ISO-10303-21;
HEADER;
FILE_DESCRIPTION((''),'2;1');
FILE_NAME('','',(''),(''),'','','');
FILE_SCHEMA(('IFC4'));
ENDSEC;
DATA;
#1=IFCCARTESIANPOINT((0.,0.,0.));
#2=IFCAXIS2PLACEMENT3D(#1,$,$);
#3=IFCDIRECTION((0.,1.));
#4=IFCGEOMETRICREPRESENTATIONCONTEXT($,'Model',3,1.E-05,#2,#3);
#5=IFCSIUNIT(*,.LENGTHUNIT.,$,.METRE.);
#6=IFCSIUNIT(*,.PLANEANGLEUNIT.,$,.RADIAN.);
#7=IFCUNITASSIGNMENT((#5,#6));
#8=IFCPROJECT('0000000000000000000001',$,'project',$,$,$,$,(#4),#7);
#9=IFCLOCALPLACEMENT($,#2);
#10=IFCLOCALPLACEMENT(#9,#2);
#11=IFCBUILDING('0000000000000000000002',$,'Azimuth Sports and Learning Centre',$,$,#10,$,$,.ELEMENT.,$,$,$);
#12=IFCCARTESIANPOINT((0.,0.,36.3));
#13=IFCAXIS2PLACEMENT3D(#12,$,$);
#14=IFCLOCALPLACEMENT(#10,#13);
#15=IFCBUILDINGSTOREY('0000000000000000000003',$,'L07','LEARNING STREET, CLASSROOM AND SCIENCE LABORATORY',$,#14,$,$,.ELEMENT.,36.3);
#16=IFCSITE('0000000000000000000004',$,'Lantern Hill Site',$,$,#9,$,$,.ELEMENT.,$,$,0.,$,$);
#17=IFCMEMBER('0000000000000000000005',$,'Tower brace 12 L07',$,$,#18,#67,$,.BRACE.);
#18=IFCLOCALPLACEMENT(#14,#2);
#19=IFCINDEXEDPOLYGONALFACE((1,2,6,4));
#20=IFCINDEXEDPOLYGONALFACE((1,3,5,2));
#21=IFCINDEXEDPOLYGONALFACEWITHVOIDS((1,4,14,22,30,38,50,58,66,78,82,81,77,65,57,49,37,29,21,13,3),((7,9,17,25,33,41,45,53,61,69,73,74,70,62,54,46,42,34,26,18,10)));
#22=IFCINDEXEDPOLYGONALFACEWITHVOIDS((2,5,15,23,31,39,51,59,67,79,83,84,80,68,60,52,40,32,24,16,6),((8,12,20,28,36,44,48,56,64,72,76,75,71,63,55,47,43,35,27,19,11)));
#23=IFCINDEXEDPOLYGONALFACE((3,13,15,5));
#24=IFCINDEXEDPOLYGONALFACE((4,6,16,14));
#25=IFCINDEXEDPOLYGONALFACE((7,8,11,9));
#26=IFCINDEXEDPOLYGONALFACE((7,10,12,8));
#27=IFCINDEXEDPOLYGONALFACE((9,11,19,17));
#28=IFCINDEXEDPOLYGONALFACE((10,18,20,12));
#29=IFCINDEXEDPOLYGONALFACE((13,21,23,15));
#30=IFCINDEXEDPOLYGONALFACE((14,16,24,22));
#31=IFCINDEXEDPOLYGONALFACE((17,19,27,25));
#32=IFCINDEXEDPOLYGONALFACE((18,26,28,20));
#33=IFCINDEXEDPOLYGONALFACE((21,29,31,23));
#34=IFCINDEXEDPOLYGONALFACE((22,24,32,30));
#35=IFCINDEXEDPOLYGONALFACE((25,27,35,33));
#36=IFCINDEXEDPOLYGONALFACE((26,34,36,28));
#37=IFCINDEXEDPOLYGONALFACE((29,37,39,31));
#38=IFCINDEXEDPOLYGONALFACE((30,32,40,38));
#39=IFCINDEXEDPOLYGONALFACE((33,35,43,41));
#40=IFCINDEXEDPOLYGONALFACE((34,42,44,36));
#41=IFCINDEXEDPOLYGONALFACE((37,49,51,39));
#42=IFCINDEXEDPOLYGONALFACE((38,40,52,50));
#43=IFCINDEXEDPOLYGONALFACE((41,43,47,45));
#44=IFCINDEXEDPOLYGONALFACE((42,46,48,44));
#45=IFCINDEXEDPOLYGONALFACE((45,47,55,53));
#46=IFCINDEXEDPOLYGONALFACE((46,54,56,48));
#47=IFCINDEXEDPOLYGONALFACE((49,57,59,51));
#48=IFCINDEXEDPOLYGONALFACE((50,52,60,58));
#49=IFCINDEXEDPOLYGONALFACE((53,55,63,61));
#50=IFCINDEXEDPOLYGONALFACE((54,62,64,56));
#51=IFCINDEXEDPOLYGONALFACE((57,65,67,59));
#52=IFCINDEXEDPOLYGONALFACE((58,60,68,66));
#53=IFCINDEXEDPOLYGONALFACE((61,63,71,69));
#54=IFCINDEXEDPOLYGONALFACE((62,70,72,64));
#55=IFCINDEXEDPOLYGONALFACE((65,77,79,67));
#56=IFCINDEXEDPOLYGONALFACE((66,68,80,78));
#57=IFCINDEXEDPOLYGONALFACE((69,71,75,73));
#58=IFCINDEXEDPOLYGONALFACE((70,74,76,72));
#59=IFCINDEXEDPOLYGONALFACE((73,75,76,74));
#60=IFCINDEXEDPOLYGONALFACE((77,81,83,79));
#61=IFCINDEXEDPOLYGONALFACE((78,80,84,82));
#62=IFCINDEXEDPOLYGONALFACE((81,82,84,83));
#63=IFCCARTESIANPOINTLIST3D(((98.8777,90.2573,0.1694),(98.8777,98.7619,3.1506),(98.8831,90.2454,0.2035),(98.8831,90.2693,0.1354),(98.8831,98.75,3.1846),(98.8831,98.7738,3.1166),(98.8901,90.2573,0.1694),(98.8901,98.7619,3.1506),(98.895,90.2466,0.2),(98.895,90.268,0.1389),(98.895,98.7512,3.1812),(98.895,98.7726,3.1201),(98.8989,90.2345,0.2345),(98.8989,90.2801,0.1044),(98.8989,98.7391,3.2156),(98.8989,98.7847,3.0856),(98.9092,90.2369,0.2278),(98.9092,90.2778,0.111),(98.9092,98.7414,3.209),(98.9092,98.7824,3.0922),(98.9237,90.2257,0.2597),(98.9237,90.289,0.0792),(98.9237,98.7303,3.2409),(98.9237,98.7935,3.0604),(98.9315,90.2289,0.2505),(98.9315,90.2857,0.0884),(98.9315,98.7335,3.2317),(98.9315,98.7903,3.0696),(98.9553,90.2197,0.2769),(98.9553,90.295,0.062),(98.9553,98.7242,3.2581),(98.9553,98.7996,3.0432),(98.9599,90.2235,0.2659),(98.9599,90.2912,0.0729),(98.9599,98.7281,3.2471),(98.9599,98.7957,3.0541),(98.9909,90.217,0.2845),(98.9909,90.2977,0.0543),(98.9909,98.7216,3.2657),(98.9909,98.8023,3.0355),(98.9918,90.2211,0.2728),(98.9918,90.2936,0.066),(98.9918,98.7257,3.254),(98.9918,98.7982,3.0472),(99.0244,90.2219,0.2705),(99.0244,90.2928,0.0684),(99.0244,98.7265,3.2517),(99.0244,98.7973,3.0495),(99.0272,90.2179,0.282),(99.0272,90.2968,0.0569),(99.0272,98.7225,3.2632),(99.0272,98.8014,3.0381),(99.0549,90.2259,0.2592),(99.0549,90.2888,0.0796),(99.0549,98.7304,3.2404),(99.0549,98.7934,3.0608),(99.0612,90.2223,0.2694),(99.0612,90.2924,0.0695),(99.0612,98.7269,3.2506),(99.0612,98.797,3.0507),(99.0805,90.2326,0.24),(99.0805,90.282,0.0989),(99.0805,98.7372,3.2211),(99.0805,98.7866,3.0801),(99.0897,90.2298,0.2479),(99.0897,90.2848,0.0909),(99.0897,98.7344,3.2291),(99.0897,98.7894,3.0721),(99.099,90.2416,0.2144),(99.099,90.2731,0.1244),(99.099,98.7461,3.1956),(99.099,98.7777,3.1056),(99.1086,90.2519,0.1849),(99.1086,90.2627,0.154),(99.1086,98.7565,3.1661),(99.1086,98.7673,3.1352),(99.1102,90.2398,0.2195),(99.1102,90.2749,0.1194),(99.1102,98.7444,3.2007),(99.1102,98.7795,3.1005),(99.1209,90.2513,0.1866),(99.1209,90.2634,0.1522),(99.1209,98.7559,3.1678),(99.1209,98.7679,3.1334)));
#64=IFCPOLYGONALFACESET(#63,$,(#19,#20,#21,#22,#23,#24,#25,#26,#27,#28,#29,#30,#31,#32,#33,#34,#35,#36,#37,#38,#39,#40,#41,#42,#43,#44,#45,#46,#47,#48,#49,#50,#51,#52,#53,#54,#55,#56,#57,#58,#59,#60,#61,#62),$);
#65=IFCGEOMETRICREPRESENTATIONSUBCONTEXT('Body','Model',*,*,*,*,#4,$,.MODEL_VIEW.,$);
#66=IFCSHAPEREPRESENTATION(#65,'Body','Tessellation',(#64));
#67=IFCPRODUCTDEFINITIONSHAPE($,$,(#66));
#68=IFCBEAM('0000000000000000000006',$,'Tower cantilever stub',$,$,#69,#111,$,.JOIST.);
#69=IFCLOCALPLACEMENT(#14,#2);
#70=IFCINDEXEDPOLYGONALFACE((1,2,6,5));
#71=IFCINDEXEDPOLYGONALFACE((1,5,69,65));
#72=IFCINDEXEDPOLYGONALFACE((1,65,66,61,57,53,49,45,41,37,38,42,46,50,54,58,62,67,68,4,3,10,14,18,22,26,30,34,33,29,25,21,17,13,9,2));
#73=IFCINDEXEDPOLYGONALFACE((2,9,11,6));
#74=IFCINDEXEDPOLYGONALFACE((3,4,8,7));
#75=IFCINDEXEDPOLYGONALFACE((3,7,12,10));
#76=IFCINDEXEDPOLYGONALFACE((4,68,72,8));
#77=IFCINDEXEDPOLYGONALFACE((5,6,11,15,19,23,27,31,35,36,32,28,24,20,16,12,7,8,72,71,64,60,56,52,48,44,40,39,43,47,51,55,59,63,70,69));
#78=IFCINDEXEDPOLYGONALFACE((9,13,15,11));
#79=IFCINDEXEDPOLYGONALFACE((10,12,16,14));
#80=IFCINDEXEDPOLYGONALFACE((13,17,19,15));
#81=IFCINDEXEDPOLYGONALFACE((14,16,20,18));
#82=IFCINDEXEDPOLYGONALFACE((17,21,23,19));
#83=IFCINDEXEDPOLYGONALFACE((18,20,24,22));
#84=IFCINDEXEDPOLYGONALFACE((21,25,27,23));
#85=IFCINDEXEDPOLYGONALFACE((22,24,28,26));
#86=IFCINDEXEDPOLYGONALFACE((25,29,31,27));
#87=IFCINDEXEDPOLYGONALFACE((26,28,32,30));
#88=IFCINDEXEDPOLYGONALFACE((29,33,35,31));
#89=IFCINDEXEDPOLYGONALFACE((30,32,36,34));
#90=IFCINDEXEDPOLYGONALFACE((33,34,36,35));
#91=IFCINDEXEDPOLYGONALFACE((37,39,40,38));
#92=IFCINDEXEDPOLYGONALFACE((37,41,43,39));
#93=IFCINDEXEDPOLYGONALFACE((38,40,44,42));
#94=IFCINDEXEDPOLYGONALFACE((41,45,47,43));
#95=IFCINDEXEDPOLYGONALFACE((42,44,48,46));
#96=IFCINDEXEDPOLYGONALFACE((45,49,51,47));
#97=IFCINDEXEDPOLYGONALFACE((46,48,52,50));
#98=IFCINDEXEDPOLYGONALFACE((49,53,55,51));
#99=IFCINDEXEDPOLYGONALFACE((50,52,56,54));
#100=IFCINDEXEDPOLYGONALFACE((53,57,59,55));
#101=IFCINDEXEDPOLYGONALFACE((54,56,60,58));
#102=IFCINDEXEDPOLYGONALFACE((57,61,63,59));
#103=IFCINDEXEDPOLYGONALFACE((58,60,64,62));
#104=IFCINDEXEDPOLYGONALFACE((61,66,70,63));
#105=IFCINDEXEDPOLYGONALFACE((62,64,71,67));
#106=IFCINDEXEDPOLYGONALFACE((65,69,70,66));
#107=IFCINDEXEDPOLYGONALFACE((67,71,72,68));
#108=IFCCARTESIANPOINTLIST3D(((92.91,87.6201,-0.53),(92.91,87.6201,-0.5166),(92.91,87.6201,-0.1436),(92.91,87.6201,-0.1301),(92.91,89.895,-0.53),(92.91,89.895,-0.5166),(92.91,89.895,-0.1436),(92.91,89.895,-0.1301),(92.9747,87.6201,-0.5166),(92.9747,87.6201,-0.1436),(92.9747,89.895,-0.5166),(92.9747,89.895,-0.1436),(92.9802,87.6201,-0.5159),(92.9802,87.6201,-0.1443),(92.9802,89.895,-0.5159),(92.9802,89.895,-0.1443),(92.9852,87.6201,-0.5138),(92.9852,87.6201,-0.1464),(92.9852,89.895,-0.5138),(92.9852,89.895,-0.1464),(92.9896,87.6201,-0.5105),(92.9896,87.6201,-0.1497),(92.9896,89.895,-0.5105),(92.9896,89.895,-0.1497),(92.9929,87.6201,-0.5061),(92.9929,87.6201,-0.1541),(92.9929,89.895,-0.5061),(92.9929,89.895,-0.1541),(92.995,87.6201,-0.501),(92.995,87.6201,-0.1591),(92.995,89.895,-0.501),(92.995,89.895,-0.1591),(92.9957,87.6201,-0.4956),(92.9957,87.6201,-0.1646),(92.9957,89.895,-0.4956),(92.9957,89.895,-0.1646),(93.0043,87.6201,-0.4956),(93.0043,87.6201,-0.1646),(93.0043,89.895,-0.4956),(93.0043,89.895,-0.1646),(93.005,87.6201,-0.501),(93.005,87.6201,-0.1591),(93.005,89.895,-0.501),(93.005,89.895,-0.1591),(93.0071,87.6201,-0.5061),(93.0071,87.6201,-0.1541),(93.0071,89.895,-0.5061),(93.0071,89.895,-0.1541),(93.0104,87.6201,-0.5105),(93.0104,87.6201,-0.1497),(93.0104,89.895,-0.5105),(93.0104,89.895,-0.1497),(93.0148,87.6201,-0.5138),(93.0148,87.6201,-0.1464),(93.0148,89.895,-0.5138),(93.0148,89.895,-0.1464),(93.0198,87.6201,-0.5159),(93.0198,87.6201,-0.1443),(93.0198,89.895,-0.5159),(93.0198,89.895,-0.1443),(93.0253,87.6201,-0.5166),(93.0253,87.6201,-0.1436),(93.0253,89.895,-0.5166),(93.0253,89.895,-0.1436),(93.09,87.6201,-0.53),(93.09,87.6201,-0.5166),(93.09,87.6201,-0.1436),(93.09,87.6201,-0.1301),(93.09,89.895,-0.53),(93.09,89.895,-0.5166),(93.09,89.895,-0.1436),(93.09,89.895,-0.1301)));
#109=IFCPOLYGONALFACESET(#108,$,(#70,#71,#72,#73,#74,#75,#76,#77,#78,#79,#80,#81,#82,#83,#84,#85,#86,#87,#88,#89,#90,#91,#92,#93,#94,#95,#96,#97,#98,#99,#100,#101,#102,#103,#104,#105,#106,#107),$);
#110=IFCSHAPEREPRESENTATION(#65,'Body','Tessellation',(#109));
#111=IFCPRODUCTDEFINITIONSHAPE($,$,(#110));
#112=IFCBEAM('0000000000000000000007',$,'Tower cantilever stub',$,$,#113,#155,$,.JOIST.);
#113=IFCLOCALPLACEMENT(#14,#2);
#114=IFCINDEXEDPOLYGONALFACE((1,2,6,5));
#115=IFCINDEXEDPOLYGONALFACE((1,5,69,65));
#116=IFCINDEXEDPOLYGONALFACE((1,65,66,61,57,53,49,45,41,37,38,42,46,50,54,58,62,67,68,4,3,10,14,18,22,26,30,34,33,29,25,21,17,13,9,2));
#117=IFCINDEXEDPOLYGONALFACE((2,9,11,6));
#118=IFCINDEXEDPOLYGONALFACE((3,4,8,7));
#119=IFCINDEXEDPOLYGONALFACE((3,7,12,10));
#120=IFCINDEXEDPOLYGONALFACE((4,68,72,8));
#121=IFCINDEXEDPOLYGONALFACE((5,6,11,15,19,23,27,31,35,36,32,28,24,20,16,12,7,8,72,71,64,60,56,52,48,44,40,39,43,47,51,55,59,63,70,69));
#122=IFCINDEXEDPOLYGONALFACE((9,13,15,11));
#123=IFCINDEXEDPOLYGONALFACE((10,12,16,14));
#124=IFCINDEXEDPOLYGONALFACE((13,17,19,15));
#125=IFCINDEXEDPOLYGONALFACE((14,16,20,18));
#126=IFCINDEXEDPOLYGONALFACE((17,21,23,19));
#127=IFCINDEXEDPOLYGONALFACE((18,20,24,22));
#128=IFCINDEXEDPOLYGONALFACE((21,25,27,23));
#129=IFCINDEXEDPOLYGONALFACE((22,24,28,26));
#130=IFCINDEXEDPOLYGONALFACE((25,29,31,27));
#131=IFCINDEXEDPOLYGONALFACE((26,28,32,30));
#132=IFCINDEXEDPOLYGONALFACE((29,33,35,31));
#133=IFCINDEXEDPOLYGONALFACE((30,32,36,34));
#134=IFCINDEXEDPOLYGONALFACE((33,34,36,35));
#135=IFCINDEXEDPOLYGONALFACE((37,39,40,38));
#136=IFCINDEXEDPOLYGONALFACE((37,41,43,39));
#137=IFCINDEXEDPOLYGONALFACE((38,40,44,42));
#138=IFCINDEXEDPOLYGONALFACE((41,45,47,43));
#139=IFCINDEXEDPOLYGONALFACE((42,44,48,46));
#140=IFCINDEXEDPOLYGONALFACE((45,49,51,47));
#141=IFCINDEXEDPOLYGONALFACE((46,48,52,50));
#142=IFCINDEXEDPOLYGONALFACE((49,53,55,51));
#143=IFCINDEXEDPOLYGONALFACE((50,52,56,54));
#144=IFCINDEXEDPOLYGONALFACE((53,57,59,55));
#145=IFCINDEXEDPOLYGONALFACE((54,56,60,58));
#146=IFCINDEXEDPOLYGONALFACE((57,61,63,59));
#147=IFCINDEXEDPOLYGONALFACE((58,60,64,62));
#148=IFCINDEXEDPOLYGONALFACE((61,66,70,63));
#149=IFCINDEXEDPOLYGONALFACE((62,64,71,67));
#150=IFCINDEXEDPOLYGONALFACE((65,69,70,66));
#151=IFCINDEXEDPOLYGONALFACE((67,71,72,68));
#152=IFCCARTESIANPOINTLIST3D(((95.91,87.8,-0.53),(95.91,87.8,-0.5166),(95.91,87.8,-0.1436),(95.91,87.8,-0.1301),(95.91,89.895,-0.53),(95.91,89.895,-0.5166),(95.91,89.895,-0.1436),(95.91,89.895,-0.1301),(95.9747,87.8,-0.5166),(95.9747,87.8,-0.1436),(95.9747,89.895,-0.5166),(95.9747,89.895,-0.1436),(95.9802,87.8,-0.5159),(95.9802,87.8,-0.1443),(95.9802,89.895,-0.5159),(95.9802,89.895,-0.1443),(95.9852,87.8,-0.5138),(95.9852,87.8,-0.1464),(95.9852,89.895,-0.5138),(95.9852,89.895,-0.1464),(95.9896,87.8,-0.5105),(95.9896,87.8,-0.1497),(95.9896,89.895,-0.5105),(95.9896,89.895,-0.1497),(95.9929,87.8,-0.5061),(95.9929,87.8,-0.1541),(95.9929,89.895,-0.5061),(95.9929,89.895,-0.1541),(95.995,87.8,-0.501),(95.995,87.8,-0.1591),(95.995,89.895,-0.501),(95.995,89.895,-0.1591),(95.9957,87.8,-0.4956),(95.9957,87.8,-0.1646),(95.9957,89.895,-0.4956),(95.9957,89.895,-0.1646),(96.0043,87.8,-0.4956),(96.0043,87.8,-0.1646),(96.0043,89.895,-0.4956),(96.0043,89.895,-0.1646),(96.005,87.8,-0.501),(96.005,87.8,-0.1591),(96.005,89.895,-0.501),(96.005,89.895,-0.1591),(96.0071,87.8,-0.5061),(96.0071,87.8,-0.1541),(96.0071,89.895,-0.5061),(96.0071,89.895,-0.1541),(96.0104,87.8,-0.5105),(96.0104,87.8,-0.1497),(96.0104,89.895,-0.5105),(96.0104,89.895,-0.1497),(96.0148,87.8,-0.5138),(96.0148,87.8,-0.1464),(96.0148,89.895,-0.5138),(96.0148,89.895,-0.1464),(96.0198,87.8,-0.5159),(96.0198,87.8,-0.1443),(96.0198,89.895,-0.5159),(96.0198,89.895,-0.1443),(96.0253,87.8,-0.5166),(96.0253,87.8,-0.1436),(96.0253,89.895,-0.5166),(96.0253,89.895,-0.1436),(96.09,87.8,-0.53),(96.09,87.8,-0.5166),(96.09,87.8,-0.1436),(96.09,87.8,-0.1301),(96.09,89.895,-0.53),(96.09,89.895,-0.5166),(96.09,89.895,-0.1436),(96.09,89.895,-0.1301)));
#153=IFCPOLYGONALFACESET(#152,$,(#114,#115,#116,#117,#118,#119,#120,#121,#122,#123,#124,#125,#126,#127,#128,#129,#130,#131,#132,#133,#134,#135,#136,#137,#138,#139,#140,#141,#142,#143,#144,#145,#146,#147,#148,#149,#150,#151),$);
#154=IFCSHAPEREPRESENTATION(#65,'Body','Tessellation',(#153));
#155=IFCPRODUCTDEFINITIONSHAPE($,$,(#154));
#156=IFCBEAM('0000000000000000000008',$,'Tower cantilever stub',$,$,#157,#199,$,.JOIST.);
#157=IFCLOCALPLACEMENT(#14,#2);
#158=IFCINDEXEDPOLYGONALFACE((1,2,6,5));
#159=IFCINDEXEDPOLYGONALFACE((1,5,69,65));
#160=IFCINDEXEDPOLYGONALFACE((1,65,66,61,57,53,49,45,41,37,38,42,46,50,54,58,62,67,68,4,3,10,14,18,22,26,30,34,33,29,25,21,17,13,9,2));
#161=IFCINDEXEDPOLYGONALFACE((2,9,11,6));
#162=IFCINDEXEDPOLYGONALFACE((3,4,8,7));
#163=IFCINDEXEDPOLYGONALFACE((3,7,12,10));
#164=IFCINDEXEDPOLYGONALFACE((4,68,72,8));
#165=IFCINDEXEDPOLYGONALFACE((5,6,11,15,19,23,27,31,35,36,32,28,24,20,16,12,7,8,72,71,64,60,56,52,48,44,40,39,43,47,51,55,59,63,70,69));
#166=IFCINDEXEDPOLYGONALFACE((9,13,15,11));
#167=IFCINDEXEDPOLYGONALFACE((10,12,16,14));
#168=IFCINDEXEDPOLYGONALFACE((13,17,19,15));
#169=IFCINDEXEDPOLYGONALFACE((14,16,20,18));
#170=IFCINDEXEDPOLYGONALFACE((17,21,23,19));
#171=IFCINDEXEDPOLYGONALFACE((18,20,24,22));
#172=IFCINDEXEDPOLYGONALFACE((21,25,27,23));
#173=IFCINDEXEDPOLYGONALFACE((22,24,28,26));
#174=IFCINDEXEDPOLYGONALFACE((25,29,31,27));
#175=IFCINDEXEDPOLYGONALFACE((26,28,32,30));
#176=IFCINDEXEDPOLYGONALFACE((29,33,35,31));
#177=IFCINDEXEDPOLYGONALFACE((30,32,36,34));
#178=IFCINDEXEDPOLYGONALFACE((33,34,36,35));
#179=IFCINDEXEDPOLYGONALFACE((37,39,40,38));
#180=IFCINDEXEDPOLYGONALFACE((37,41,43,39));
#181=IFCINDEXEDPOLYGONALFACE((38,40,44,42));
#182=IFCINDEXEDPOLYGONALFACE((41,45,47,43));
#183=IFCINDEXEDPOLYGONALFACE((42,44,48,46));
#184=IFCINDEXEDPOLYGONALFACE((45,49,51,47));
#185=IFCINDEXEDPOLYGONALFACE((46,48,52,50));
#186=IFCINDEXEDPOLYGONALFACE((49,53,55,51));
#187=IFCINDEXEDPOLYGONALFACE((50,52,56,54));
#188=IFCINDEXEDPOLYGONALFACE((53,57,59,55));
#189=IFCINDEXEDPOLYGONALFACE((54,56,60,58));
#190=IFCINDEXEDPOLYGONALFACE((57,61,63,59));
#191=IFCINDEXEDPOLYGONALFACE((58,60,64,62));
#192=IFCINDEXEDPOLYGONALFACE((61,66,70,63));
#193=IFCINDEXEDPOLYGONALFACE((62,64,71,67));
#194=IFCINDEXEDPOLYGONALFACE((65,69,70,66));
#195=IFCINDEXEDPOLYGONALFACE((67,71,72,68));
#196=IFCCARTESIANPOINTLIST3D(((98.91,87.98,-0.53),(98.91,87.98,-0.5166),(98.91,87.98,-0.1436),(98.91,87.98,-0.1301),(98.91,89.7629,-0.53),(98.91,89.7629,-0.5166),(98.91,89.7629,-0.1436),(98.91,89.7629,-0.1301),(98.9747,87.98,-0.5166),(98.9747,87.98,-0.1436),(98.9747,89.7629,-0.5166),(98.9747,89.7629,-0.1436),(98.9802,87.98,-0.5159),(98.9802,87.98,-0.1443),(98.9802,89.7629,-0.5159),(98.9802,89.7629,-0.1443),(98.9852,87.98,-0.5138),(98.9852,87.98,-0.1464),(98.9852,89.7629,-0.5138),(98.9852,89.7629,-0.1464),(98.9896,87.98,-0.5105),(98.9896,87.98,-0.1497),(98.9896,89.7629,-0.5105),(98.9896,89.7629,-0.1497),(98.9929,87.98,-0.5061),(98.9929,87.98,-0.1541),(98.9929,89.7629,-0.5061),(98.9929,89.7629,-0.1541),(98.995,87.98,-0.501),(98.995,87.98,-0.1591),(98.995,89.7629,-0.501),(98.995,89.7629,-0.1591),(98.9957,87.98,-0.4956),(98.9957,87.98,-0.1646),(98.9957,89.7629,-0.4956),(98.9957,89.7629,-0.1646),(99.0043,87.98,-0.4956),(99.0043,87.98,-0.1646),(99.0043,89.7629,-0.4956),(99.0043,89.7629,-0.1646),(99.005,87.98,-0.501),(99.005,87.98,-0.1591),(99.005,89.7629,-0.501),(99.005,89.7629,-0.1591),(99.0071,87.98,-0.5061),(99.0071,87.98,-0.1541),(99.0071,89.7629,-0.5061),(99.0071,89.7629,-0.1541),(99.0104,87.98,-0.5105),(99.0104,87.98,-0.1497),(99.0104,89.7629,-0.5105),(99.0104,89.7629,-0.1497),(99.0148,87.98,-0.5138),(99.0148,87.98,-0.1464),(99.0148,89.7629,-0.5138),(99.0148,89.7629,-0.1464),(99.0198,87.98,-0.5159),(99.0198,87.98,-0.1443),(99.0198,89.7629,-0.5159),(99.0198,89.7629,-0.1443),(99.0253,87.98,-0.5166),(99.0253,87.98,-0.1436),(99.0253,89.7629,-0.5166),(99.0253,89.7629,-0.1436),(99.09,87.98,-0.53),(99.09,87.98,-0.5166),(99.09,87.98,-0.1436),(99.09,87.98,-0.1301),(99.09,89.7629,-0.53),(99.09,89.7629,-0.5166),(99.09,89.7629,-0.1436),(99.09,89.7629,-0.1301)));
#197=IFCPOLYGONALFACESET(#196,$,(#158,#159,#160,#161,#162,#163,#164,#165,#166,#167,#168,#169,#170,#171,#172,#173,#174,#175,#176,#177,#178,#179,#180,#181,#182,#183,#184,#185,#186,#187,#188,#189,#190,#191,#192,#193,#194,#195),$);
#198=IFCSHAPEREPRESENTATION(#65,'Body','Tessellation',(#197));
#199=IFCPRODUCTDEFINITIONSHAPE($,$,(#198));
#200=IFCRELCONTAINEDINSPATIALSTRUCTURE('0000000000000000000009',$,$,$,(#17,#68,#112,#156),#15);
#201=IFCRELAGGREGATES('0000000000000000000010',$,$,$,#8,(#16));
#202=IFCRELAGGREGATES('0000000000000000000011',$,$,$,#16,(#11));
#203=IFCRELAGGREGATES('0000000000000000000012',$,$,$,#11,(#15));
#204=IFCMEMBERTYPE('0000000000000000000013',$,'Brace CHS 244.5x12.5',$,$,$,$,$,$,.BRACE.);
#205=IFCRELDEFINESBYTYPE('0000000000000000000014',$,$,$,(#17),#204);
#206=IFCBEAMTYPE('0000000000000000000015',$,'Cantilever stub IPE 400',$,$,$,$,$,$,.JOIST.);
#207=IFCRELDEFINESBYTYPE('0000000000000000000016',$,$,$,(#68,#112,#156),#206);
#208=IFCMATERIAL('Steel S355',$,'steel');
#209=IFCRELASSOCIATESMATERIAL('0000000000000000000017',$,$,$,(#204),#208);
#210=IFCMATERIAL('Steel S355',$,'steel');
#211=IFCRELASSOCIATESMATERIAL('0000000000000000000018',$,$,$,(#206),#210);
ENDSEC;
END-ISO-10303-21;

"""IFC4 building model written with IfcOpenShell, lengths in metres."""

from ifc_helpers import new_model, si_unit, direction, frame, origin, origin_2d, place, context, subcontext, project, spatial, hollow_circle, i_section, extrude, material, material_profile, profile_set, type_object, element, save


model = new_model("IFC4")

# Units and contexts
model_context = context("Model", 3, precision=1e-05, world=origin(), true_north=direction((0.0, 1.0)))
body_context = subcontext(model_context, "Body", "Model", "MODEL_VIEW")
ifc_project = project(units=[si_unit("LENGTHUNIT", "METRE"), si_unit("PLANEANGLEUNIT", "RADIAN")], contexts=[model_context])

# Site, building, storey
site_placement = place(None, origin())
site = spatial("IfcSite", under=ifc_project, at=site_placement, Name="Lantern Hill Site", CompositionType="ELEMENT", RefElevation=0.0)
building_placement = place(site_placement, origin())
building = spatial("IfcBuilding", under=site, at=building_placement, Name="Azimuth Sports and Learning Centre", CompositionType="ELEMENT")
storey_placement = place(building_placement, frame((0.0, 0.0, 36.3)))
storey = spatial("IfcBuildingStorey", under=building, at=storey_placement, Name="L07", Description="LEARNING STREET, CLASSROOM AND SCIENCE LABORATORY", CompositionType="ELEMENT", Elevation=36.3)

# Member
ifc_material_1 = material(Name="Steel S355", Category="steel")
ifc_material_profile_1 = material_profile(ifc_material_1, hollow_circle(Radius=0.1223, WallThickness=0.0125, at=origin_2d()), Name="CHS 244.5x12.5")
ifc_profile_set_1 = profile_set([ifc_material_profile_1], Name="Steel S355")
member_type_1 = type_object("IfcMemberType", Name="Brace CHS 244.5x12.5", PredefinedType="BRACE", material=ifc_profile_set_1)
member_1_placement = place(storey_placement, frame((99.0, 90.2573, 0.1694), z_axis=(0.0, 0.9437, 0.330803), x_axis=(-1.0, 0.0, 0.0)))
element("IfcMember", 1, at=member_1_placement, inside=storey, type_object=member_type_1, Name="Tower brace 12 L07", PredefinedType="BRACE", context=body_context, shape_type="SweptSolid", body=[
    extrude(hollow_circle(Radius=0.1223, WallThickness=0.0125, at=origin_2d()), origin(), (0.0, 0.0, 1.0), 9.012),
])

# Beams
ifc_material_2 = material(Name="Steel S355", Category="steel")
ifc_material_profile_2 = material_profile(ifc_material_2, i_section(OverallWidth=0.1799, OverallDepth=0.3999, WebThickness=0.0085, FlangeThickness=0.0134, FilletRadius=0.021, at=origin_2d()), Name="IPE 400")
ifc_profile_set_2 = profile_set([ifc_material_profile_2], Name="Steel S355")
beam_type_1 = type_object("IfcBeamType", Name="Cantilever stub IPE 400", PredefinedType="JOIST", material=ifc_profile_set_2)
beam_1_placement = place(storey_placement, frame((93.0, 89.895, -0.3301), z_axis=(0.0, -1.0, 0.0), x_axis=(1.0, 0.0, 0.0)))
element("IfcBeam", 2, at=beam_1_placement, inside=storey, type_object=beam_type_1, Name="Tower cantilever stub", PredefinedType="JOIST", context=body_context, shape_type="SweptSolid", body=[
    extrude(i_section(OverallWidth=0.1799, OverallDepth=0.3999, WebThickness=0.0085, FlangeThickness=0.0134, FilletRadius=0.021, at=origin_2d()), origin(), (0.0, 0.0, 1.0), 2.2749),
])
beam_2_placement = place(storey_placement, frame((96.0, 89.895, -0.3301), z_axis=(0.0, -1.0, 0.0), x_axis=(1.0, 0.0, 0.0)))
element("IfcBeam", 3, at=beam_2_placement, inside=storey, type_object=beam_type_1, Name="Tower cantilever stub", PredefinedType="JOIST", context=body_context, shape_type="SweptSolid", body=[
    extrude(i_section(OverallWidth=0.1799, OverallDepth=0.3999, WebThickness=0.0085, FlangeThickness=0.0134, FilletRadius=0.021, at=origin_2d()), origin(), (0.0, 0.0, 1.0), 2.095),
])
beam_3_placement = place(storey_placement, frame((99.0, 89.7629, -0.3301), z_axis=(0.0, -1.0, 0.0), x_axis=(1.0, 0.0, 0.0)))
element("IfcBeam", 4, at=beam_3_placement, inside=storey, type_object=beam_type_1, Name="Tower cantilever stub", PredefinedType="JOIST", context=body_context, shape_type="SweptSolid", body=[
    extrude(i_section(OverallWidth=0.1799, OverallDepth=0.3999, WebThickness=0.0085, FlangeThickness=0.0134, FilletRadius=0.021, at=origin_2d()), origin(), (0.0, 0.0, 1.0), 1.783),
])

save(model, "model.ifc")
